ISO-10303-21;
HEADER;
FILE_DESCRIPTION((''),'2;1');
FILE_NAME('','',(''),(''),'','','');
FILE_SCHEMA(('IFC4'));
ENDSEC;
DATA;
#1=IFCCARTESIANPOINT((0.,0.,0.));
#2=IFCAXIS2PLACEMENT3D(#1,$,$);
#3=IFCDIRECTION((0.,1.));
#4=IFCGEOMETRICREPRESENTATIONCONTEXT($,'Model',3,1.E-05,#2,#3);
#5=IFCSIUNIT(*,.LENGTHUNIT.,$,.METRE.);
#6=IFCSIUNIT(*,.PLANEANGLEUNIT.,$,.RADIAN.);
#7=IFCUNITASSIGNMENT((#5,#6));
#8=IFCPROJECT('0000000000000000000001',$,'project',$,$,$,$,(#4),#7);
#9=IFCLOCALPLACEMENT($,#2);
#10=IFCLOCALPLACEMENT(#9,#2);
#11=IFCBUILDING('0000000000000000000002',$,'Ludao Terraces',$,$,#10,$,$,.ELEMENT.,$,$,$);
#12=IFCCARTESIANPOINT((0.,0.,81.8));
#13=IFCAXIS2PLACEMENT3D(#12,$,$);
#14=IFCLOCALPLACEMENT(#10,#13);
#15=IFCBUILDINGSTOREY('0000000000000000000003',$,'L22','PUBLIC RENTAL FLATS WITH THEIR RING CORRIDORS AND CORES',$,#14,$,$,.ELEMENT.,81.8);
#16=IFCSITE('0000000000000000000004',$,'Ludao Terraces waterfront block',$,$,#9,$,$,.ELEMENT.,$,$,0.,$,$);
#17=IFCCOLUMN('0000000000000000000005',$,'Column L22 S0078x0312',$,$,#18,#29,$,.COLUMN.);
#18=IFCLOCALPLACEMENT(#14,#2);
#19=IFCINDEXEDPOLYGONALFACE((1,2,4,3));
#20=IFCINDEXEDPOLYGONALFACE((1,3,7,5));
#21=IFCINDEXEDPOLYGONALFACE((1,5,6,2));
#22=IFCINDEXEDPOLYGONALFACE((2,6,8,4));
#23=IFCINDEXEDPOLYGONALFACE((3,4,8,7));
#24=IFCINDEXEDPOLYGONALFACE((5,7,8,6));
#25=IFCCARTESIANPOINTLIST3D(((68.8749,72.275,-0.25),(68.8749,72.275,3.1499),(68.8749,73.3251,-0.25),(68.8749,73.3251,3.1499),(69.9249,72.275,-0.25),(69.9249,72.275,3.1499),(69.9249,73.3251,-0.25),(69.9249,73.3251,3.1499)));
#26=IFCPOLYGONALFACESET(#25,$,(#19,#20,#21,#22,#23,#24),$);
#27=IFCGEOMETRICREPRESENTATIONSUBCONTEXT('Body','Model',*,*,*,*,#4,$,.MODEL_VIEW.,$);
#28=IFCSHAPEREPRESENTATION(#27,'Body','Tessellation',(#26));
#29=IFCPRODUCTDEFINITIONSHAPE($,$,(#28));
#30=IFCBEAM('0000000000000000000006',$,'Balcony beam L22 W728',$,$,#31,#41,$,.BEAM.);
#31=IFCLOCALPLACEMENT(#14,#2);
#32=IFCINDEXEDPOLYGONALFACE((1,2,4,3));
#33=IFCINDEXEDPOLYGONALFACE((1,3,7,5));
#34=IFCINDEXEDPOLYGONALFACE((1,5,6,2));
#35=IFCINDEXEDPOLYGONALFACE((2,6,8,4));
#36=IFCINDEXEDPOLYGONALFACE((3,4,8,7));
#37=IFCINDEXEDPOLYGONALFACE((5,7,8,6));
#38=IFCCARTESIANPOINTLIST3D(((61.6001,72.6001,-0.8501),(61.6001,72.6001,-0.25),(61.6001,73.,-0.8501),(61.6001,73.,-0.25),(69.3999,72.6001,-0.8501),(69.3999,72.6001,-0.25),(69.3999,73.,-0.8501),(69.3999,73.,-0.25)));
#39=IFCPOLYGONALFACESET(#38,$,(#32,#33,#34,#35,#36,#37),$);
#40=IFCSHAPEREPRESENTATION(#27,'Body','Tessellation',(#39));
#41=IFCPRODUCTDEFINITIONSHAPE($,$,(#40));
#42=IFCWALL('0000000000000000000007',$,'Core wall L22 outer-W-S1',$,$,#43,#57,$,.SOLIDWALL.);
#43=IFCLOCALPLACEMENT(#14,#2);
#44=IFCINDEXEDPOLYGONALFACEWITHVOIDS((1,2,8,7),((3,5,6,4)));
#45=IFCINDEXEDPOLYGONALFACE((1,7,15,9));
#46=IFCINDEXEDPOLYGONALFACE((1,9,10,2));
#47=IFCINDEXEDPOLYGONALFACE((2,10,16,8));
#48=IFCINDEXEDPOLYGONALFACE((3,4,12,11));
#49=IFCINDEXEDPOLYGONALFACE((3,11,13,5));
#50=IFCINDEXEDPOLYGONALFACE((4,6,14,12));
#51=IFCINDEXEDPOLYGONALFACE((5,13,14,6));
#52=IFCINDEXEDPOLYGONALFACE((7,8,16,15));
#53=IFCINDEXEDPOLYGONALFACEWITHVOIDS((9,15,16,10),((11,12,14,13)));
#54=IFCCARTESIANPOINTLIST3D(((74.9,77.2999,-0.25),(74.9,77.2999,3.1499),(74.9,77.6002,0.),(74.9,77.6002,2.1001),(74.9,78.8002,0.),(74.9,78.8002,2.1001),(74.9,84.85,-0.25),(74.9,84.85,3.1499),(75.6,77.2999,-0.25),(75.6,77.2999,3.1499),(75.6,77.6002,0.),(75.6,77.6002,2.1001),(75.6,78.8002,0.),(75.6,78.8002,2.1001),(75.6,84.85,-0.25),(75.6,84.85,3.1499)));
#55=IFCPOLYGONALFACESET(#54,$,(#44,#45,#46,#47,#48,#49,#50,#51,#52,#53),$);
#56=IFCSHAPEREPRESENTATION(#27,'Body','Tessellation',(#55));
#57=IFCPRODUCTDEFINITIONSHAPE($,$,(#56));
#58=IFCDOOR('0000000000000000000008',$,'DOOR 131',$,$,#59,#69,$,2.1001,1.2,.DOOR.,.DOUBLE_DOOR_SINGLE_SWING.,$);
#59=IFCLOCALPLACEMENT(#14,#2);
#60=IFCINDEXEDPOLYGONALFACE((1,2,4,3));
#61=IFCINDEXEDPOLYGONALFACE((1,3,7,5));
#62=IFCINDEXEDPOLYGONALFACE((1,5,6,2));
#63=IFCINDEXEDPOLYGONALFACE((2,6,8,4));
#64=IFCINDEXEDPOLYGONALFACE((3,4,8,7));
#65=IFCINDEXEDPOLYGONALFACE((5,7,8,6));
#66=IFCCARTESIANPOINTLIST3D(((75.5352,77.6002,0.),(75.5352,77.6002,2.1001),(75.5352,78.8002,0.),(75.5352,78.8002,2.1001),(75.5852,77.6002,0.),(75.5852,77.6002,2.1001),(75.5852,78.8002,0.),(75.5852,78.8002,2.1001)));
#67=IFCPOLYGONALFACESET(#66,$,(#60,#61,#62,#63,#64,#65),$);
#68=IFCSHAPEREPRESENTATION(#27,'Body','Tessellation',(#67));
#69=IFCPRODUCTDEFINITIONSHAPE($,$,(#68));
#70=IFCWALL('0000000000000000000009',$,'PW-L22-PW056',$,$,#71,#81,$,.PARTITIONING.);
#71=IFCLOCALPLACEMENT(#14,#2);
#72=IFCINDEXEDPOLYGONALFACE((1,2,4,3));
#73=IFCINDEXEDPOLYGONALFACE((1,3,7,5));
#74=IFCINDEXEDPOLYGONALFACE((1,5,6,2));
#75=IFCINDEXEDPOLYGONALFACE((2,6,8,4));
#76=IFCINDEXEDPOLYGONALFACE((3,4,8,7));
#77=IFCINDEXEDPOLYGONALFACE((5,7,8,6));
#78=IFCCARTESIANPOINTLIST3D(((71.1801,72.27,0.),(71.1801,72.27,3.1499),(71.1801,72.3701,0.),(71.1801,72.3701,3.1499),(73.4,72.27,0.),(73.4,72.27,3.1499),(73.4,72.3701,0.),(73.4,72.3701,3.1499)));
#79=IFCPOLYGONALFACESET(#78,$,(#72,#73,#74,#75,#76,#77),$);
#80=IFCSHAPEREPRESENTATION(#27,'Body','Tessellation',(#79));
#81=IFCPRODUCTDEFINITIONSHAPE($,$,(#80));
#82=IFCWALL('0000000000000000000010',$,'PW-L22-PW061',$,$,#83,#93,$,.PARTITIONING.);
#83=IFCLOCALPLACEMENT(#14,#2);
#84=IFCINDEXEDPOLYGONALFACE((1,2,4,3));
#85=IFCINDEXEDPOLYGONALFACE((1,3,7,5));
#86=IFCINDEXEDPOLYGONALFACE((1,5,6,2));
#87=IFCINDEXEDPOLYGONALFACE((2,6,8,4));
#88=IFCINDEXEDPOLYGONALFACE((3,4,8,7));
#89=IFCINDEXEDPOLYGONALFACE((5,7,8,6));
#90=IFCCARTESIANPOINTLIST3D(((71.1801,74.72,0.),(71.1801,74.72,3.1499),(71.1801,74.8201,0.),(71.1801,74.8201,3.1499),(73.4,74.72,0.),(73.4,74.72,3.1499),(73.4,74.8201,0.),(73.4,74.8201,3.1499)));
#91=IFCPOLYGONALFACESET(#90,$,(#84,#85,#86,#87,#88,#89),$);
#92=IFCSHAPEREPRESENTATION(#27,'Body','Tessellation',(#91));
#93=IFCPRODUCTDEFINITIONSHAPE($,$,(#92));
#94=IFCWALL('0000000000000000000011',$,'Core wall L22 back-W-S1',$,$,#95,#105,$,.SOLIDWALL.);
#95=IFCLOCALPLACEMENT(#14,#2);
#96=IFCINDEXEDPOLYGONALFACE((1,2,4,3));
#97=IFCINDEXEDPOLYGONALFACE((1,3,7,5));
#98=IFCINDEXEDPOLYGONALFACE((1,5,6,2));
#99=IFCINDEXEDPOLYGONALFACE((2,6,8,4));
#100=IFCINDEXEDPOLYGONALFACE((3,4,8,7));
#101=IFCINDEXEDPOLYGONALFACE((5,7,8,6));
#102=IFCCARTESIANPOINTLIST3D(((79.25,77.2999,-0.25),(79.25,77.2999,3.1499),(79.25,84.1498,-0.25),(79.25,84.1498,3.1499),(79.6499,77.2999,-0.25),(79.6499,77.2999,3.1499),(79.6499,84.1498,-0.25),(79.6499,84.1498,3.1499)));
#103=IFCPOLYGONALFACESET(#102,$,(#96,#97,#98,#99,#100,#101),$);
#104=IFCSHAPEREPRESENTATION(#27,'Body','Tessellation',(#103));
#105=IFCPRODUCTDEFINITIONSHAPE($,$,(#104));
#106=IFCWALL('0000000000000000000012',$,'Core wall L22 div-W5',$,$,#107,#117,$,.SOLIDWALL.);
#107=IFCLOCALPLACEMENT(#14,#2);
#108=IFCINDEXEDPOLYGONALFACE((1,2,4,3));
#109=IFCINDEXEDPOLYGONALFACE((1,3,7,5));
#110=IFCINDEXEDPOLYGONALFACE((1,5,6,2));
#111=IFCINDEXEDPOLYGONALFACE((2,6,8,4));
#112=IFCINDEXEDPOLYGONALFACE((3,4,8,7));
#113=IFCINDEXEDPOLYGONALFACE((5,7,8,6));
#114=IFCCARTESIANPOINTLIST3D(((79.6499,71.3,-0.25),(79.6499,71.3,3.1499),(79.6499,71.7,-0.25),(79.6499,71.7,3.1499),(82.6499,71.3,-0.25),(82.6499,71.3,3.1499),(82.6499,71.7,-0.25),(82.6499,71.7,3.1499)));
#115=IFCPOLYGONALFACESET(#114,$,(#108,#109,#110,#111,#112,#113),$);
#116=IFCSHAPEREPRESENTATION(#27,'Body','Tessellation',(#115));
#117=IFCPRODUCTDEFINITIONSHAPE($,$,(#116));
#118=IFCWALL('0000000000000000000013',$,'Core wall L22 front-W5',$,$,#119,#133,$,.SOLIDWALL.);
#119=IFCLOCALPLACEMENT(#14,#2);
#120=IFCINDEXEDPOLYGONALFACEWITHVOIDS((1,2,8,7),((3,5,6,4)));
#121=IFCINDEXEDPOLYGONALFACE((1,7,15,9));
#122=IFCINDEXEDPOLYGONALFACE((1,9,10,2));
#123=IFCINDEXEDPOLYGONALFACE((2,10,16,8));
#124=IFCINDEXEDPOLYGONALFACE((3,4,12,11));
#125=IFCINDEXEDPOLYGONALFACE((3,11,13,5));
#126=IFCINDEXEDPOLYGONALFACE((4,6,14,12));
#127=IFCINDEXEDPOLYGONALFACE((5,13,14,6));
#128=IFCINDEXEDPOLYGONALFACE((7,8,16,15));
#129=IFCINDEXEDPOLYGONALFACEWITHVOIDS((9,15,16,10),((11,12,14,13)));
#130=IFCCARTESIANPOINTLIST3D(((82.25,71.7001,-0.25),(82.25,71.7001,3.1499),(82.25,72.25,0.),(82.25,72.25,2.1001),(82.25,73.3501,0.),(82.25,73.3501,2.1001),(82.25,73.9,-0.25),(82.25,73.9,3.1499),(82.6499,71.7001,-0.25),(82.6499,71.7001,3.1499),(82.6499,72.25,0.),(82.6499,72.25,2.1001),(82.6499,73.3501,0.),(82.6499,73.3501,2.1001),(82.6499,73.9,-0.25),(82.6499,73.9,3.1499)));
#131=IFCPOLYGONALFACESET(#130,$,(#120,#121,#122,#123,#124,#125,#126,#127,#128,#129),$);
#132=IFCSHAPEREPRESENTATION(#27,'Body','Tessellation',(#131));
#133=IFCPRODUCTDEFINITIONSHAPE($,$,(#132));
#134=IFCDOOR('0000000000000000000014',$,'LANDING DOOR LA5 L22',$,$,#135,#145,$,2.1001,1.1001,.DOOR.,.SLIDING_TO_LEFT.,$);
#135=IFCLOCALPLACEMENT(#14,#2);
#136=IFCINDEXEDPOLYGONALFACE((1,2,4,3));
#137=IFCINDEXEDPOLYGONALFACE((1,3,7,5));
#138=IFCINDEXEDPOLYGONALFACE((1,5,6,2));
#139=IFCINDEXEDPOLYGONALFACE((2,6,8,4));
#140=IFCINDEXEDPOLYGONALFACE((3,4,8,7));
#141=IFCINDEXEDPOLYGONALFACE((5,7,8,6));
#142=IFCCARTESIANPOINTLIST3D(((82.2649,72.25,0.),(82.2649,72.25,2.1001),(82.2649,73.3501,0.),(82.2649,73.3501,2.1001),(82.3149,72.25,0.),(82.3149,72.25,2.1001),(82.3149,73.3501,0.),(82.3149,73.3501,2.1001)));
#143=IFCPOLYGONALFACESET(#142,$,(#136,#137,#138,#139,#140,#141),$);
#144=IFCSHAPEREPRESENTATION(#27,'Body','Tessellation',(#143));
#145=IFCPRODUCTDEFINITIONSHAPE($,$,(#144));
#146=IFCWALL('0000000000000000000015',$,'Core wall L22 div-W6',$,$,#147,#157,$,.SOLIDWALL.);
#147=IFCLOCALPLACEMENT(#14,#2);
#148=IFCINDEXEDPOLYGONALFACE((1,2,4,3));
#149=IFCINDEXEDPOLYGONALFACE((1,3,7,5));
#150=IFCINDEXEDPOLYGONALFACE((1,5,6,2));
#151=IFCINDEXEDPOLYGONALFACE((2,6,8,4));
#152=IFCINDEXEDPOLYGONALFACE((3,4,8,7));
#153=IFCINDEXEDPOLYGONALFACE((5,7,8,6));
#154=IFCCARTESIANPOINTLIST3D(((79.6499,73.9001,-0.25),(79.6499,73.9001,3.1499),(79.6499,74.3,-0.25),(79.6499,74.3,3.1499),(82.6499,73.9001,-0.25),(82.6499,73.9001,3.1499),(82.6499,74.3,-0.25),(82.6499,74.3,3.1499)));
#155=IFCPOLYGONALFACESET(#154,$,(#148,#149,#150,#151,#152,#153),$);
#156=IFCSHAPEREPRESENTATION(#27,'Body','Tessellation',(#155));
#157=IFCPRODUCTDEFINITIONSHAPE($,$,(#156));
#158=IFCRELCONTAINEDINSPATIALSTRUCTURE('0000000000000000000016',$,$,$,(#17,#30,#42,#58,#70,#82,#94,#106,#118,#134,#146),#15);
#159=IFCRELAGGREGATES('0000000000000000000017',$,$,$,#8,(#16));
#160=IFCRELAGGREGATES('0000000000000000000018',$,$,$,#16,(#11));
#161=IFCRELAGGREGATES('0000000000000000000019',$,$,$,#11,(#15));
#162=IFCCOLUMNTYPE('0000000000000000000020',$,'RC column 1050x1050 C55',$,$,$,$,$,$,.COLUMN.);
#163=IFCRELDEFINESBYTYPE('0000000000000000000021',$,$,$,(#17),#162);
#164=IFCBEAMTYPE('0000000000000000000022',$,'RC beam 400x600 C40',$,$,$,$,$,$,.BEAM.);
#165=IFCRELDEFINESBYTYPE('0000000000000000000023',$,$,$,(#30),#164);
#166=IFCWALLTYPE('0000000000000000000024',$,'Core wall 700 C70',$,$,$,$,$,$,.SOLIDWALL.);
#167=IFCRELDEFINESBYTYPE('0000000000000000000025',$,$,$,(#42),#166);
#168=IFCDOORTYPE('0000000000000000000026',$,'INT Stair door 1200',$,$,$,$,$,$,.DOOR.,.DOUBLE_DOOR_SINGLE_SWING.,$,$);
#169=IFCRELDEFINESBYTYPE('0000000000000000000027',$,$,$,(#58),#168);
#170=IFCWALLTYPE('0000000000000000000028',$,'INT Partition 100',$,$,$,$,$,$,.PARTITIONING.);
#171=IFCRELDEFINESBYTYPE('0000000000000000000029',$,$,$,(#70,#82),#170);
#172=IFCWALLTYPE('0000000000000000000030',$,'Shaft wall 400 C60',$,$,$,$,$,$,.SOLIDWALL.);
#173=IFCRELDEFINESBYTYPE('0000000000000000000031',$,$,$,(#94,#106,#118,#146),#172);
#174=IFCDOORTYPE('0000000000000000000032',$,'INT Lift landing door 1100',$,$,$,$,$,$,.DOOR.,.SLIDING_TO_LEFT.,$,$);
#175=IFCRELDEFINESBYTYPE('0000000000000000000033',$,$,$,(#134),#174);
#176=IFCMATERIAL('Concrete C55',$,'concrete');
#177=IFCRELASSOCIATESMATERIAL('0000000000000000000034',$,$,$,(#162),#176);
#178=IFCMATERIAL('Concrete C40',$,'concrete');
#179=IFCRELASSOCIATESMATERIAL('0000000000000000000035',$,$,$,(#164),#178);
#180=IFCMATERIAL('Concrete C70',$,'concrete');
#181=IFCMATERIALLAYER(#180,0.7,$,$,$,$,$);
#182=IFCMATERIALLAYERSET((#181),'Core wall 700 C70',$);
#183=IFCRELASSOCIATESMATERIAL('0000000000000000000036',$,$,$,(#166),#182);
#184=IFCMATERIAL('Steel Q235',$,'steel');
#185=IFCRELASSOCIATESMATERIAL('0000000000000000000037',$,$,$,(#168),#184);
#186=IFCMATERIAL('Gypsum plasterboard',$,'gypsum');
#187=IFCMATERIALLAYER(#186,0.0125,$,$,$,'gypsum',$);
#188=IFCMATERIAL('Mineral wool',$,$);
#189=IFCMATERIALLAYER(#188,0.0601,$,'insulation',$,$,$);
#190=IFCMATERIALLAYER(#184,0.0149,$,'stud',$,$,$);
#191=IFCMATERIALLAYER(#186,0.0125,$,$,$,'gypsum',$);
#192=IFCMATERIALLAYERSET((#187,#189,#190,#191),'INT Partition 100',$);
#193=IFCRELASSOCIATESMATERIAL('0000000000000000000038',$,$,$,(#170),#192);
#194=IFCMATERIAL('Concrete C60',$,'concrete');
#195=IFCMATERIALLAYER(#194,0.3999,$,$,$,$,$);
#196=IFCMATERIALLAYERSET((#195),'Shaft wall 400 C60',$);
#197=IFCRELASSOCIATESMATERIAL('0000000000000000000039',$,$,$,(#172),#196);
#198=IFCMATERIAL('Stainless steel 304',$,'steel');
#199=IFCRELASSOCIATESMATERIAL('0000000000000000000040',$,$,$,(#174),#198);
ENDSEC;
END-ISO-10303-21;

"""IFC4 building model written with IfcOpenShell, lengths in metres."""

from ifc_helpers import new_model, si_unit, direction, frame, frame_2d, origin, origin_2d, place, context, subcontext, project, spatial, rectangle, extrude, material, layer, layer_set, material_profile, profile_set, type_object, element, fill, save


model = new_model("IFC4")

# Units and contexts
model_context = context("Model", 3, precision=1e-05, world=origin(), true_north=direction((0.0, 1.0)))
body_context = subcontext(model_context, "Body", "Model", "MODEL_VIEW")
ifc_project = project(units=[si_unit("LENGTHUNIT", "METRE"), si_unit("PLANEANGLEUNIT", "RADIAN")], contexts=[model_context])

# Site, building, storey
site_placement = place(None, origin())
site = spatial("IfcSite", under=ifc_project, at=site_placement, Name="Ludao Terraces waterfront block", CompositionType="ELEMENT", RefElevation=0.0)
building_placement = place(site_placement, origin())
building = spatial("IfcBuilding", under=site, at=building_placement, Name="Ludao Terraces", CompositionType="ELEMENT")
storey_placement = place(building_placement, frame((0.0, 0.0, 81.8)))
storey = spatial("IfcBuildingStorey", under=building, at=storey_placement, Name="L22", Description="PUBLIC RENTAL FLATS WITH THEIR RING CORRIDORS AND CORES", CompositionType="ELEMENT", Elevation=81.8)

# Column
ifc_material_1 = material(Name="Concrete C55", Category="concrete")
ifc_material_profile_1 = material_profile(ifc_material_1, rectangle(XDim=1.05, YDim=1.05, at=origin_2d()), Name="1050 X 1050")
ifc_profile_set_1 = profile_set([ifc_material_profile_1], Name="Concrete C55")
column_type = type_object("IfcColumnType", Name="RC column 1050x1050 C55", PredefinedType="COLUMN", material=ifc_profile_set_1)
column_placement = place(storey_placement, frame((69.3999, 72.8, -0.25), z_axis=(0.0, 0.0, 1.0), x_axis=(1.0, 0.0, 0.0)))
element("IfcColumn", 1, at=column_placement, inside=storey, type_object=column_type, Name="Column L22 S0078x0312", PredefinedType="COLUMN", context=body_context, shape_type="SweptSolid", body=[
    extrude(rectangle(XDim=1.05, YDim=1.05, at=origin_2d()), origin(), (0.0, 0.0, 1.0), 3.3999),
])

# Beam
ifc_material_2 = material(Name="Concrete C40", Category="concrete")
ifc_material_profile_2 = material_profile(ifc_material_2, rectangle(XDim=0.3999, YDim=0.6001, at=origin_2d()), Name="400 X 600")
ifc_profile_set_2 = profile_set([ifc_material_profile_2], Name="Concrete C40")
beam_type = type_object("IfcBeamType", Name="RC beam 400x600 C40", PredefinedType="BEAM", material=ifc_profile_set_2)
beam_placement = place(storey_placement, frame((69.3999, 72.8, -0.55), z_axis=(-1.0, 0.0, 0.0), x_axis=(0.0, -1.0, 0.0)))
element("IfcBeam", 2, at=beam_placement, inside=storey, type_object=beam_type, Name="Balcony beam L22 W728", PredefinedType="BEAM", context=body_context, shape_type="SweptSolid", body=[
    extrude(rectangle(XDim=0.3999, YDim=0.6001, at=origin_2d()), origin(), (0.0, 0.0, 1.0), 7.7998),
])

# Wall, opening, door
ifc_material_3 = material(Name="Concrete C70", Category="concrete")
ifc_layer_1 = layer(ifc_material_3, 0.7)
ifc_layer_set_1 = layer_set([ifc_layer_1], Name="Core wall 700 C70")
wall_type_1 = type_object("IfcWallType", Name="Core wall 700 C70", PredefinedType="SOLIDWALL", material=ifc_layer_set_1)
wall_1_placement = place(storey_placement, frame((75.25, 77.3, -0.25), z_axis=(0.0, 0.0, 1.0), x_axis=(0.0, 1.0, 0.0)))
wall_1 = element("IfcWall", 3, at=wall_1_placement, inside=storey, type_object=wall_type_1, Name="Core wall L22 outer-W-S1", PredefinedType="SOLIDWALL", context=body_context, shape_type="SweptSolid", body=[
    extrude(rectangle(XDim=7.55, YDim=0.7, at=frame_2d((3.7749, 0.0))), origin(), (0.0, 0.0, 1.0), 3.3999),
])
opening_1_placement = place(wall_1_placement, frame((0.3, 0.0, 0.25)))
opening_1 = element("IfcOpeningElement", 4, at=opening_1_placement, cuts=wall_1, PredefinedType="OPENING", context=body_context, shape_type="SweptSolid", body=[
    extrude(rectangle(XDim=1.2, YDim=2.1001, at=frame_2d((0.6001, 1.05))), frame((0.0, 0.3599, 0.0), z_axis=(0.0, -1.0, 0.0), x_axis=(1.0, 0.0, 0.0)), (0.0, 0.0, 1.0), 0.72),
])
ifc_material_4 = material(Name="Steel Q235", Category="steel")
door_type_1 = type_object("IfcDoorType", Name="INT Stair door 1200", OperationType="DOUBLE_DOOR_SINGLE_SWING", PredefinedType="DOOR", material=ifc_material_4)
door_1_placement = place(opening_1_placement, origin())
door_1 = element("IfcDoor", 5, at=door_1_placement, inside=storey, type_object=door_type_1, Name="DOOR 131", OperationType="DOUBLE_DOOR_SINGLE_SWING", OverallHeight=2.1001, OverallWidth=1.2, PredefinedType="DOOR", context=body_context, shape_type="SweptSolid", body=[
    extrude(rectangle(XDim=1.2, YDim=2.1001, at=frame_2d((0.6001, 1.05))), frame((0.0, -0.2852, 0.0), z_axis=(0.0, -1.0, 0.0), x_axis=(1.0, 0.0, 0.0)), (0.0, 0.0, 1.0), 0.05),
])
fill(opening_1, door_1)

# Walls
ifc_material_5 = material(Name="Gypsum plasterboard", Category="gypsum")
ifc_layer_2 = layer(ifc_material_5, 0.0125, Category="gypsum")
ifc_material_6 = material(Name="Mineral wool")
ifc_layer_3 = layer(ifc_material_6, 0.0601, Name="insulation")
ifc_layer_4 = layer(ifc_material_4, 0.0149, Name="stud")
ifc_layer_5 = layer(ifc_material_5, 0.0125, Category="gypsum")
ifc_layer_set_2 = layer_set([ifc_layer_2, ifc_layer_3, ifc_layer_4, ifc_layer_5], Name="INT Partition 100")
wall_type_2 = type_object("IfcWallType", Name="INT Partition 100", PredefinedType="PARTITIONING", material=ifc_layer_set_2)
for number, where, z_axis, x_axis, name in (
    (6, (71.1802, 72.3201, 0.0), (0.0, 0.0, 1.0), (1.0, 0.0, 0.0), "PW-L22-PW056"),
    (7, (71.1802, 74.77, 0.0), (0.0, 0.0, 1.0), (1.0, 0.0, 0.0), "PW-L22-PW061"),
):
    element("IfcWall", number, at=place(storey_placement, frame(where, z_axis=z_axis, x_axis=x_axis)), inside=storey, type_object=wall_type_2, Name=name, PredefinedType="PARTITIONING", context=body_context, shape_type="SweptSolid", body=[
        extrude(rectangle(XDim=2.22, YDim=0.1001, at=frame_2d((1.1099, 0.0))), origin(), (0.0, 0.0, 1.0), 3.1499),
    ])
ifc_material_7 = material(Name="Concrete C60", Category="concrete")
ifc_layer_6 = layer(ifc_material_7, 0.3999)
ifc_layer_set_3 = layer_set([ifc_layer_6], Name="Shaft wall 400 C60")
wall_type_3 = type_object("IfcWallType", Name="Shaft wall 400 C60", PredefinedType="SOLIDWALL", material=ifc_layer_set_3)
wall_2_placement = place(storey_placement, frame((79.45, 77.3, -0.25), z_axis=(0.0, 0.0, 1.0), x_axis=(0.0, 1.0, 0.0)))
element("IfcWall", 8, at=wall_2_placement, inside=storey, type_object=wall_type_3, Name="Core wall L22 back-W-S1", PredefinedType="SOLIDWALL", context=body_context, shape_type="SweptSolid", body=[
    extrude(rectangle(XDim=6.8499, YDim=0.3999, at=frame_2d((3.4248, 0.0))), origin(), (0.0, 0.0, 1.0), 3.3999),
])
wall_3_placement = place(storey_placement, frame((79.6499, 71.5, -0.25), z_axis=(0.0, 0.0, 1.0), x_axis=(1.0, 0.0, 0.0)))
element("IfcWall", 9, at=wall_3_placement, inside=storey, type_object=wall_type_3, Name="Core wall L22 div-W5", PredefinedType="SOLIDWALL", context=body_context, shape_type="SweptSolid", body=[
    extrude(rectangle(XDim=3.0, YDim=0.3999, at=frame_2d((1.5, 0.0))), origin(), (0.0, 0.0, 1.0), 3.3999),
])

# Wall, opening, door
wall_4_placement = place(storey_placement, frame((82.45, 71.7, -0.25), z_axis=(0.0, 0.0, 1.0), x_axis=(0.0, 1.0, 0.0)))
wall_4 = element("IfcWall", 10, at=wall_4_placement, inside=storey, type_object=wall_type_3, Name="Core wall L22 front-W5", PredefinedType="SOLIDWALL", context=body_context, shape_type="SweptSolid", body=[
    extrude(rectangle(XDim=2.2, YDim=0.3999, at=frame_2d((1.1001, 0.0))), origin(), (0.0, 0.0, 1.0), 3.3999),
])
opening_2_placement = place(wall_4_placement, frame((0.55, 0.0, 0.25)))
opening_2 = element("IfcOpeningElement", 11, at=opening_2_placement, cuts=wall_4, PredefinedType="OPENING", context=body_context, shape_type="SweptSolid", body=[
    extrude(rectangle(XDim=1.1001, YDim=2.1001, at=frame_2d((0.55, 1.05))), frame((0.0, 0.21, 0.0), z_axis=(0.0, -1.0, 0.0), x_axis=(1.0, 0.0, 0.0)), (0.0, 0.0, 1.0), 0.4199),
])
ifc_material_8 = material(Name="Stainless steel 304", Category="steel")
door_type_2 = type_object("IfcDoorType", Name="INT Lift landing door 1100", OperationType="SLIDING_TO_LEFT", PredefinedType="DOOR", material=ifc_material_8)
door_2_placement = place(opening_2_placement, origin())
door_2 = element("IfcDoor", 12, at=door_2_placement, inside=storey, type_object=door_type_2, Name="LANDING DOOR LA5 L22", OperationType="SLIDING_TO_LEFT", OverallHeight=2.1001, OverallWidth=1.1001, PredefinedType="DOOR", context=body_context, shape_type="SweptSolid", body=[
    extrude(rectangle(XDim=1.1001, YDim=2.1001, at=frame_2d((0.55, 1.05))), frame((0.0, 0.1851, 0.0), z_axis=(0.0, -1.0, 0.0), x_axis=(1.0, 0.0, 0.0)), (0.0, 0.0, 1.0), 0.05),
])
fill(opening_2, door_2)

# Wall
wall_5_placement = place(storey_placement, frame((79.6499, 74.1001, -0.25), z_axis=(0.0, 0.0, 1.0), x_axis=(1.0, 0.0, 0.0)))
element("IfcWall", 13, at=wall_5_placement, inside=storey, type_object=wall_type_3, Name="Core wall L22 div-W6", PredefinedType="SOLIDWALL", context=body_context, shape_type="SweptSolid", body=[
    extrude(rectangle(XDim=3.0, YDim=0.3999, at=frame_2d((1.5, 0.0))), origin(), (0.0, 0.0, 1.0), 3.3999),
])

save(model, "model.ifc")
